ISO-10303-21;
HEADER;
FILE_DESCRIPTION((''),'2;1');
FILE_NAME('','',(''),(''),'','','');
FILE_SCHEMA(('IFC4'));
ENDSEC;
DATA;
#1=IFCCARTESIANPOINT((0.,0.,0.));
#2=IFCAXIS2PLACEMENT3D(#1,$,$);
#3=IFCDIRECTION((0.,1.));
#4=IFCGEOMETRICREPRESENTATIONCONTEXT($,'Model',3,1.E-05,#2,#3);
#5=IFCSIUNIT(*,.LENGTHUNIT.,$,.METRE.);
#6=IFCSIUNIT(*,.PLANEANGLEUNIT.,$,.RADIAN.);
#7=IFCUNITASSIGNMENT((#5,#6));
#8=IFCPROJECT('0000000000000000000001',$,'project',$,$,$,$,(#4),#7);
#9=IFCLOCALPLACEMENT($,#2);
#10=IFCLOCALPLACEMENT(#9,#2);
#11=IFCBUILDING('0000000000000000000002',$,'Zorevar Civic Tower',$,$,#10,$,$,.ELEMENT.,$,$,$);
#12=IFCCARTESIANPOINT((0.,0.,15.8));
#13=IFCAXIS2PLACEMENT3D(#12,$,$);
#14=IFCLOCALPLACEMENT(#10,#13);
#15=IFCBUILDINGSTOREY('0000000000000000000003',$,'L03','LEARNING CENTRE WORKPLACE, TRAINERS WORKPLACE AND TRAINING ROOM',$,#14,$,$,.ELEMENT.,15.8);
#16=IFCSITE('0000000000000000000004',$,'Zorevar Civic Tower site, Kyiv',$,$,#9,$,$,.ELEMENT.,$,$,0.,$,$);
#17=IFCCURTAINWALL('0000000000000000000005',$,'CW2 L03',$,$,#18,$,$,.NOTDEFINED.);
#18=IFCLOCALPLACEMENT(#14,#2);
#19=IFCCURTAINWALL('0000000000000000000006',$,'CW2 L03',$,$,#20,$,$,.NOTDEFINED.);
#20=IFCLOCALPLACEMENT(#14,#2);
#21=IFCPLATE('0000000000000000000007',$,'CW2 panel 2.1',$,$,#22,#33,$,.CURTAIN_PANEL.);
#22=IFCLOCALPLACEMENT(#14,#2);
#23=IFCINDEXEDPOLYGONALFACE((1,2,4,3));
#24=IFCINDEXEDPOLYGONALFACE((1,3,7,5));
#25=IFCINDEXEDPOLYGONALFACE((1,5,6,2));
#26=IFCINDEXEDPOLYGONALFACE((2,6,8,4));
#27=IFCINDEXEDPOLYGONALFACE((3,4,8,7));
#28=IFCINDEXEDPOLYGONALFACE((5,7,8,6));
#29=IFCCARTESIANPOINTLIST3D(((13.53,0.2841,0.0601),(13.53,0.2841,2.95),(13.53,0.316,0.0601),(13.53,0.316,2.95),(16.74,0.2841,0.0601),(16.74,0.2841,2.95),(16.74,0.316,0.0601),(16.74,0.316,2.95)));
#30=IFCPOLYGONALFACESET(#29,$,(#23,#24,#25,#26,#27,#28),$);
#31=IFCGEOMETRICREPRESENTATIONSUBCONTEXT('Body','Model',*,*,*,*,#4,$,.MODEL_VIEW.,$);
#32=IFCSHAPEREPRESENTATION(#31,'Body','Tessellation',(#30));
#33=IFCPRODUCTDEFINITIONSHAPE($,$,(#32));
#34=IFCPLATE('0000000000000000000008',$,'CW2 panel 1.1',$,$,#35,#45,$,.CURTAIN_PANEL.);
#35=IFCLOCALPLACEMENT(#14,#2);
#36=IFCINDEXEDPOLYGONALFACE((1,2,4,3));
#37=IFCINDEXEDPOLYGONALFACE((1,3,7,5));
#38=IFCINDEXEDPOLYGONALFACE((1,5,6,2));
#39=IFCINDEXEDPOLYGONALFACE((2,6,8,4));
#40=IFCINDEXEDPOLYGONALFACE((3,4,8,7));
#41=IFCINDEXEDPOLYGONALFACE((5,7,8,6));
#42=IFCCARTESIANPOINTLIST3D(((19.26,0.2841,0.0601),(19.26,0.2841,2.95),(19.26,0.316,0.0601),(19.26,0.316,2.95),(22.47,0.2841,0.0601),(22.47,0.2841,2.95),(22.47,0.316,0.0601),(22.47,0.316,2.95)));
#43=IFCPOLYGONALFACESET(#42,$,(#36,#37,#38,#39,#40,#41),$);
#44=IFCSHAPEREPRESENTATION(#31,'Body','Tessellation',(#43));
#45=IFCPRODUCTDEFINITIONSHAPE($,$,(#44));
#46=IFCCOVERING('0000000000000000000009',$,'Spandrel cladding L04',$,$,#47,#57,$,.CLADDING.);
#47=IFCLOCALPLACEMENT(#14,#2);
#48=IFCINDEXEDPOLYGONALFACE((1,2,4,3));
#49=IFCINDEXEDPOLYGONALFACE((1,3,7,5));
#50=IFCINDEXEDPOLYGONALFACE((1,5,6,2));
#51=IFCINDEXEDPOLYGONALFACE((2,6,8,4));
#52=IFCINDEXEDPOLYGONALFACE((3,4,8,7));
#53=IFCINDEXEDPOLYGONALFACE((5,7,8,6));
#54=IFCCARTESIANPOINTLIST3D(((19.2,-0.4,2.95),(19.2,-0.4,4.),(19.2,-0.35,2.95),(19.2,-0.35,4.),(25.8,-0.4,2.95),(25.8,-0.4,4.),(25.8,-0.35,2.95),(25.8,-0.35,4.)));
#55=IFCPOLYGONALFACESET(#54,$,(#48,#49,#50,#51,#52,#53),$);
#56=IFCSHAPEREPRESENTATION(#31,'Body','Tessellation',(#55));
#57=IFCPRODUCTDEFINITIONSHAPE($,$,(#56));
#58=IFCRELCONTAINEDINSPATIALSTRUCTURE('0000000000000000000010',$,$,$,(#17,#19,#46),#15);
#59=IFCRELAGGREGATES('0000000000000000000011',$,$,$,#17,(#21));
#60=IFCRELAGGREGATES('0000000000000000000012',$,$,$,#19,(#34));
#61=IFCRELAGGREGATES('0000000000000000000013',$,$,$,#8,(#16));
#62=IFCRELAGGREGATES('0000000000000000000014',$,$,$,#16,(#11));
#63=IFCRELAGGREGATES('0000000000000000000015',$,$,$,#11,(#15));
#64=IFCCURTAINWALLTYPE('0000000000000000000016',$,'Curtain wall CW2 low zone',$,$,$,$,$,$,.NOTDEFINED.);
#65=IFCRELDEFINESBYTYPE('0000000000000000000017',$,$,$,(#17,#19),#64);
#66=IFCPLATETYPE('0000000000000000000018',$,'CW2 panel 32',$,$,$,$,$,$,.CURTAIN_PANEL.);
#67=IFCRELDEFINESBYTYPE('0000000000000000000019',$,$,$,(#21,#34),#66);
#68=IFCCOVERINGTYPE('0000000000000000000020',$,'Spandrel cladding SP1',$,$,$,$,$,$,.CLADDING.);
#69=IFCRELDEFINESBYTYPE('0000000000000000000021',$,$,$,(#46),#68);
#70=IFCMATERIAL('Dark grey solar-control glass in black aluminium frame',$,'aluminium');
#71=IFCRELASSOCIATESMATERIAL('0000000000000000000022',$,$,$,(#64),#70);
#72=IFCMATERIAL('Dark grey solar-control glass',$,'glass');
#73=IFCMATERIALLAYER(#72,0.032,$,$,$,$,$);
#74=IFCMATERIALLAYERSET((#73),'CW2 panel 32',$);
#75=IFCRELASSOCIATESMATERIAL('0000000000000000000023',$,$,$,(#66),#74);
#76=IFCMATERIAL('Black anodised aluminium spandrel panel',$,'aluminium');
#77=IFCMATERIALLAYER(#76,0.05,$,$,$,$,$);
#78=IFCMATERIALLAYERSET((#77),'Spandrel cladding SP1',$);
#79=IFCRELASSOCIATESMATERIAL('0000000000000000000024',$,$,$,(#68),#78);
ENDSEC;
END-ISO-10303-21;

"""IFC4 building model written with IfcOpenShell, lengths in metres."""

from ifc_helpers import new_model, si_unit, direction, frame, frame_2d, origin, origin_2d, place, context, subcontext, project, spatial, rectangle, extrude, material, layer, layer_set, type_object, element, aggregate, save


model = new_model("IFC4")

# Units and contexts
model_context = context("Model", 3, precision=1e-05, world=origin(), true_north=direction((0.0, 1.0)))
body_context = subcontext(model_context, "Body", "Model", "MODEL_VIEW")
ifc_project = project(units=[si_unit("LENGTHUNIT", "METRE"), si_unit("PLANEANGLEUNIT", "RADIAN")], contexts=[model_context])

# Site, building, storey
site_placement = place(None, origin())
site = spatial("IfcSite", under=ifc_project, at=site_placement, Name="Zorevar Civic Tower site, Kyiv", CompositionType="ELEMENT", RefElevation=0.0)
building_placement = place(site_placement, origin())
building = spatial("IfcBuilding", under=site, at=building_placement, Name="Zorevar Civic Tower", CompositionType="ELEMENT")
storey_placement = place(building_placement, frame((0.0, 0.0, 15.8)))
storey = spatial("IfcBuildingStorey", under=building, at=storey_placement, Name="L03", Description="LEARNING CENTRE WORKPLACE, TRAINERS WORKPLACE AND TRAINING ROOM", CompositionType="ELEMENT", Elevation=15.8)

# Curtain wall
ifc_material_1 = material(Name="Dark grey solar-control glass in black aluminium frame", Category="aluminium")
curtain_wall_type = type_object("IfcCurtainWallType", Name="Curtain wall CW2 low zone", PredefinedType="NOTDEFINED", material=ifc_material_1)
curtain_wall_1_placement = place(storey_placement, origin())
curtain_wall_1 = element("IfcCurtainWall", 1, at=curtain_wall_1_placement, inside=storey, type_object=curtain_wall_type, Name="CW2 L03", PredefinedType="NOTDEFINED")

# Curtain wall
curtain_wall_2_placement = place(storey_placement, origin())
curtain_wall_2 = element("IfcCurtainWall", 2, at=curtain_wall_2_placement, inside=storey, type_object=curtain_wall_type, Name="CW2 L03", PredefinedType="NOTDEFINED")

# Plates
ifc_material_2 = material(Name="Dark grey solar-control glass", Category="glass")
ifc_layer_1 = layer(ifc_material_2, 0.032)
ifc_layer_set_1 = layer_set([ifc_layer_1], Name="CW2 panel 32")
plate_type = type_object("IfcPlateType", Name="CW2 panel 32", PredefinedType="CURTAIN_PANEL", material=ifc_layer_set_1)
plate_1_placement = place(storey_placement, frame((15.135, 0.3, 0.0601), z_axis=(0.0, 0.0, 1.0), x_axis=(1.0, 0.0, 0.0)))
plate_1 = element("IfcPlate", 3, at=plate_1_placement, type_object=plate_type, Name="CW2 panel 2.1", PredefinedType="CURTAIN_PANEL", context=body_context, shape_type="SweptSolid", body=[
    extrude(rectangle(XDim=3.21, YDim=0.032, at=origin_2d()), origin(), (0.0, 0.0, 1.0), 2.8899),
])
aggregate(curtain_wall_1, [plate_1])
plate_2_placement = place(storey_placement, frame((20.865, 0.3, 0.0601), z_axis=(0.0, 0.0, 1.0), x_axis=(1.0, 0.0, 0.0)))
plate_2 = element("IfcPlate", 4, at=plate_2_placement, type_object=plate_type, Name="CW2 panel 1.1", PredefinedType="CURTAIN_PANEL", context=body_context, shape_type="SweptSolid", body=[
    extrude(rectangle(XDim=3.21, YDim=0.032, at=origin_2d()), origin(), (0.0, 0.0, 1.0), 2.8899),
])
aggregate(curtain_wall_2, [plate_2])

# Covering
ifc_material_3 = material(Name="Black anodised aluminium spandrel panel", Category="aluminium")
ifc_layer_2 = layer(ifc_material_3, 0.05)
ifc_layer_set_2 = layer_set([ifc_layer_2], Name="Spandrel cladding SP1")
covering_type = type_object("IfcCoveringType", Name="Spandrel cladding SP1", PredefinedType="CLADDING", material=ifc_layer_set_2)
covering_placement = place(storey_placement, frame((19.2, -0.375, 2.95), z_axis=(0.0, 0.0, 1.0), x_axis=(1.0, 0.0, 0.0)))
element("IfcCovering", 5, at=covering_placement, inside=storey, type_object=covering_type, Name="Spandrel cladding L04", PredefinedType="CLADDING", context=body_context, shape_type="SweptSolid", body=[
    extrude(rectangle(XDim=6.6001, YDim=0.05, at=frame_2d((3.3, 0.0))), origin(), (0.0, 0.0, 1.0), 1.05),
])

save(model, "model.ifc")
